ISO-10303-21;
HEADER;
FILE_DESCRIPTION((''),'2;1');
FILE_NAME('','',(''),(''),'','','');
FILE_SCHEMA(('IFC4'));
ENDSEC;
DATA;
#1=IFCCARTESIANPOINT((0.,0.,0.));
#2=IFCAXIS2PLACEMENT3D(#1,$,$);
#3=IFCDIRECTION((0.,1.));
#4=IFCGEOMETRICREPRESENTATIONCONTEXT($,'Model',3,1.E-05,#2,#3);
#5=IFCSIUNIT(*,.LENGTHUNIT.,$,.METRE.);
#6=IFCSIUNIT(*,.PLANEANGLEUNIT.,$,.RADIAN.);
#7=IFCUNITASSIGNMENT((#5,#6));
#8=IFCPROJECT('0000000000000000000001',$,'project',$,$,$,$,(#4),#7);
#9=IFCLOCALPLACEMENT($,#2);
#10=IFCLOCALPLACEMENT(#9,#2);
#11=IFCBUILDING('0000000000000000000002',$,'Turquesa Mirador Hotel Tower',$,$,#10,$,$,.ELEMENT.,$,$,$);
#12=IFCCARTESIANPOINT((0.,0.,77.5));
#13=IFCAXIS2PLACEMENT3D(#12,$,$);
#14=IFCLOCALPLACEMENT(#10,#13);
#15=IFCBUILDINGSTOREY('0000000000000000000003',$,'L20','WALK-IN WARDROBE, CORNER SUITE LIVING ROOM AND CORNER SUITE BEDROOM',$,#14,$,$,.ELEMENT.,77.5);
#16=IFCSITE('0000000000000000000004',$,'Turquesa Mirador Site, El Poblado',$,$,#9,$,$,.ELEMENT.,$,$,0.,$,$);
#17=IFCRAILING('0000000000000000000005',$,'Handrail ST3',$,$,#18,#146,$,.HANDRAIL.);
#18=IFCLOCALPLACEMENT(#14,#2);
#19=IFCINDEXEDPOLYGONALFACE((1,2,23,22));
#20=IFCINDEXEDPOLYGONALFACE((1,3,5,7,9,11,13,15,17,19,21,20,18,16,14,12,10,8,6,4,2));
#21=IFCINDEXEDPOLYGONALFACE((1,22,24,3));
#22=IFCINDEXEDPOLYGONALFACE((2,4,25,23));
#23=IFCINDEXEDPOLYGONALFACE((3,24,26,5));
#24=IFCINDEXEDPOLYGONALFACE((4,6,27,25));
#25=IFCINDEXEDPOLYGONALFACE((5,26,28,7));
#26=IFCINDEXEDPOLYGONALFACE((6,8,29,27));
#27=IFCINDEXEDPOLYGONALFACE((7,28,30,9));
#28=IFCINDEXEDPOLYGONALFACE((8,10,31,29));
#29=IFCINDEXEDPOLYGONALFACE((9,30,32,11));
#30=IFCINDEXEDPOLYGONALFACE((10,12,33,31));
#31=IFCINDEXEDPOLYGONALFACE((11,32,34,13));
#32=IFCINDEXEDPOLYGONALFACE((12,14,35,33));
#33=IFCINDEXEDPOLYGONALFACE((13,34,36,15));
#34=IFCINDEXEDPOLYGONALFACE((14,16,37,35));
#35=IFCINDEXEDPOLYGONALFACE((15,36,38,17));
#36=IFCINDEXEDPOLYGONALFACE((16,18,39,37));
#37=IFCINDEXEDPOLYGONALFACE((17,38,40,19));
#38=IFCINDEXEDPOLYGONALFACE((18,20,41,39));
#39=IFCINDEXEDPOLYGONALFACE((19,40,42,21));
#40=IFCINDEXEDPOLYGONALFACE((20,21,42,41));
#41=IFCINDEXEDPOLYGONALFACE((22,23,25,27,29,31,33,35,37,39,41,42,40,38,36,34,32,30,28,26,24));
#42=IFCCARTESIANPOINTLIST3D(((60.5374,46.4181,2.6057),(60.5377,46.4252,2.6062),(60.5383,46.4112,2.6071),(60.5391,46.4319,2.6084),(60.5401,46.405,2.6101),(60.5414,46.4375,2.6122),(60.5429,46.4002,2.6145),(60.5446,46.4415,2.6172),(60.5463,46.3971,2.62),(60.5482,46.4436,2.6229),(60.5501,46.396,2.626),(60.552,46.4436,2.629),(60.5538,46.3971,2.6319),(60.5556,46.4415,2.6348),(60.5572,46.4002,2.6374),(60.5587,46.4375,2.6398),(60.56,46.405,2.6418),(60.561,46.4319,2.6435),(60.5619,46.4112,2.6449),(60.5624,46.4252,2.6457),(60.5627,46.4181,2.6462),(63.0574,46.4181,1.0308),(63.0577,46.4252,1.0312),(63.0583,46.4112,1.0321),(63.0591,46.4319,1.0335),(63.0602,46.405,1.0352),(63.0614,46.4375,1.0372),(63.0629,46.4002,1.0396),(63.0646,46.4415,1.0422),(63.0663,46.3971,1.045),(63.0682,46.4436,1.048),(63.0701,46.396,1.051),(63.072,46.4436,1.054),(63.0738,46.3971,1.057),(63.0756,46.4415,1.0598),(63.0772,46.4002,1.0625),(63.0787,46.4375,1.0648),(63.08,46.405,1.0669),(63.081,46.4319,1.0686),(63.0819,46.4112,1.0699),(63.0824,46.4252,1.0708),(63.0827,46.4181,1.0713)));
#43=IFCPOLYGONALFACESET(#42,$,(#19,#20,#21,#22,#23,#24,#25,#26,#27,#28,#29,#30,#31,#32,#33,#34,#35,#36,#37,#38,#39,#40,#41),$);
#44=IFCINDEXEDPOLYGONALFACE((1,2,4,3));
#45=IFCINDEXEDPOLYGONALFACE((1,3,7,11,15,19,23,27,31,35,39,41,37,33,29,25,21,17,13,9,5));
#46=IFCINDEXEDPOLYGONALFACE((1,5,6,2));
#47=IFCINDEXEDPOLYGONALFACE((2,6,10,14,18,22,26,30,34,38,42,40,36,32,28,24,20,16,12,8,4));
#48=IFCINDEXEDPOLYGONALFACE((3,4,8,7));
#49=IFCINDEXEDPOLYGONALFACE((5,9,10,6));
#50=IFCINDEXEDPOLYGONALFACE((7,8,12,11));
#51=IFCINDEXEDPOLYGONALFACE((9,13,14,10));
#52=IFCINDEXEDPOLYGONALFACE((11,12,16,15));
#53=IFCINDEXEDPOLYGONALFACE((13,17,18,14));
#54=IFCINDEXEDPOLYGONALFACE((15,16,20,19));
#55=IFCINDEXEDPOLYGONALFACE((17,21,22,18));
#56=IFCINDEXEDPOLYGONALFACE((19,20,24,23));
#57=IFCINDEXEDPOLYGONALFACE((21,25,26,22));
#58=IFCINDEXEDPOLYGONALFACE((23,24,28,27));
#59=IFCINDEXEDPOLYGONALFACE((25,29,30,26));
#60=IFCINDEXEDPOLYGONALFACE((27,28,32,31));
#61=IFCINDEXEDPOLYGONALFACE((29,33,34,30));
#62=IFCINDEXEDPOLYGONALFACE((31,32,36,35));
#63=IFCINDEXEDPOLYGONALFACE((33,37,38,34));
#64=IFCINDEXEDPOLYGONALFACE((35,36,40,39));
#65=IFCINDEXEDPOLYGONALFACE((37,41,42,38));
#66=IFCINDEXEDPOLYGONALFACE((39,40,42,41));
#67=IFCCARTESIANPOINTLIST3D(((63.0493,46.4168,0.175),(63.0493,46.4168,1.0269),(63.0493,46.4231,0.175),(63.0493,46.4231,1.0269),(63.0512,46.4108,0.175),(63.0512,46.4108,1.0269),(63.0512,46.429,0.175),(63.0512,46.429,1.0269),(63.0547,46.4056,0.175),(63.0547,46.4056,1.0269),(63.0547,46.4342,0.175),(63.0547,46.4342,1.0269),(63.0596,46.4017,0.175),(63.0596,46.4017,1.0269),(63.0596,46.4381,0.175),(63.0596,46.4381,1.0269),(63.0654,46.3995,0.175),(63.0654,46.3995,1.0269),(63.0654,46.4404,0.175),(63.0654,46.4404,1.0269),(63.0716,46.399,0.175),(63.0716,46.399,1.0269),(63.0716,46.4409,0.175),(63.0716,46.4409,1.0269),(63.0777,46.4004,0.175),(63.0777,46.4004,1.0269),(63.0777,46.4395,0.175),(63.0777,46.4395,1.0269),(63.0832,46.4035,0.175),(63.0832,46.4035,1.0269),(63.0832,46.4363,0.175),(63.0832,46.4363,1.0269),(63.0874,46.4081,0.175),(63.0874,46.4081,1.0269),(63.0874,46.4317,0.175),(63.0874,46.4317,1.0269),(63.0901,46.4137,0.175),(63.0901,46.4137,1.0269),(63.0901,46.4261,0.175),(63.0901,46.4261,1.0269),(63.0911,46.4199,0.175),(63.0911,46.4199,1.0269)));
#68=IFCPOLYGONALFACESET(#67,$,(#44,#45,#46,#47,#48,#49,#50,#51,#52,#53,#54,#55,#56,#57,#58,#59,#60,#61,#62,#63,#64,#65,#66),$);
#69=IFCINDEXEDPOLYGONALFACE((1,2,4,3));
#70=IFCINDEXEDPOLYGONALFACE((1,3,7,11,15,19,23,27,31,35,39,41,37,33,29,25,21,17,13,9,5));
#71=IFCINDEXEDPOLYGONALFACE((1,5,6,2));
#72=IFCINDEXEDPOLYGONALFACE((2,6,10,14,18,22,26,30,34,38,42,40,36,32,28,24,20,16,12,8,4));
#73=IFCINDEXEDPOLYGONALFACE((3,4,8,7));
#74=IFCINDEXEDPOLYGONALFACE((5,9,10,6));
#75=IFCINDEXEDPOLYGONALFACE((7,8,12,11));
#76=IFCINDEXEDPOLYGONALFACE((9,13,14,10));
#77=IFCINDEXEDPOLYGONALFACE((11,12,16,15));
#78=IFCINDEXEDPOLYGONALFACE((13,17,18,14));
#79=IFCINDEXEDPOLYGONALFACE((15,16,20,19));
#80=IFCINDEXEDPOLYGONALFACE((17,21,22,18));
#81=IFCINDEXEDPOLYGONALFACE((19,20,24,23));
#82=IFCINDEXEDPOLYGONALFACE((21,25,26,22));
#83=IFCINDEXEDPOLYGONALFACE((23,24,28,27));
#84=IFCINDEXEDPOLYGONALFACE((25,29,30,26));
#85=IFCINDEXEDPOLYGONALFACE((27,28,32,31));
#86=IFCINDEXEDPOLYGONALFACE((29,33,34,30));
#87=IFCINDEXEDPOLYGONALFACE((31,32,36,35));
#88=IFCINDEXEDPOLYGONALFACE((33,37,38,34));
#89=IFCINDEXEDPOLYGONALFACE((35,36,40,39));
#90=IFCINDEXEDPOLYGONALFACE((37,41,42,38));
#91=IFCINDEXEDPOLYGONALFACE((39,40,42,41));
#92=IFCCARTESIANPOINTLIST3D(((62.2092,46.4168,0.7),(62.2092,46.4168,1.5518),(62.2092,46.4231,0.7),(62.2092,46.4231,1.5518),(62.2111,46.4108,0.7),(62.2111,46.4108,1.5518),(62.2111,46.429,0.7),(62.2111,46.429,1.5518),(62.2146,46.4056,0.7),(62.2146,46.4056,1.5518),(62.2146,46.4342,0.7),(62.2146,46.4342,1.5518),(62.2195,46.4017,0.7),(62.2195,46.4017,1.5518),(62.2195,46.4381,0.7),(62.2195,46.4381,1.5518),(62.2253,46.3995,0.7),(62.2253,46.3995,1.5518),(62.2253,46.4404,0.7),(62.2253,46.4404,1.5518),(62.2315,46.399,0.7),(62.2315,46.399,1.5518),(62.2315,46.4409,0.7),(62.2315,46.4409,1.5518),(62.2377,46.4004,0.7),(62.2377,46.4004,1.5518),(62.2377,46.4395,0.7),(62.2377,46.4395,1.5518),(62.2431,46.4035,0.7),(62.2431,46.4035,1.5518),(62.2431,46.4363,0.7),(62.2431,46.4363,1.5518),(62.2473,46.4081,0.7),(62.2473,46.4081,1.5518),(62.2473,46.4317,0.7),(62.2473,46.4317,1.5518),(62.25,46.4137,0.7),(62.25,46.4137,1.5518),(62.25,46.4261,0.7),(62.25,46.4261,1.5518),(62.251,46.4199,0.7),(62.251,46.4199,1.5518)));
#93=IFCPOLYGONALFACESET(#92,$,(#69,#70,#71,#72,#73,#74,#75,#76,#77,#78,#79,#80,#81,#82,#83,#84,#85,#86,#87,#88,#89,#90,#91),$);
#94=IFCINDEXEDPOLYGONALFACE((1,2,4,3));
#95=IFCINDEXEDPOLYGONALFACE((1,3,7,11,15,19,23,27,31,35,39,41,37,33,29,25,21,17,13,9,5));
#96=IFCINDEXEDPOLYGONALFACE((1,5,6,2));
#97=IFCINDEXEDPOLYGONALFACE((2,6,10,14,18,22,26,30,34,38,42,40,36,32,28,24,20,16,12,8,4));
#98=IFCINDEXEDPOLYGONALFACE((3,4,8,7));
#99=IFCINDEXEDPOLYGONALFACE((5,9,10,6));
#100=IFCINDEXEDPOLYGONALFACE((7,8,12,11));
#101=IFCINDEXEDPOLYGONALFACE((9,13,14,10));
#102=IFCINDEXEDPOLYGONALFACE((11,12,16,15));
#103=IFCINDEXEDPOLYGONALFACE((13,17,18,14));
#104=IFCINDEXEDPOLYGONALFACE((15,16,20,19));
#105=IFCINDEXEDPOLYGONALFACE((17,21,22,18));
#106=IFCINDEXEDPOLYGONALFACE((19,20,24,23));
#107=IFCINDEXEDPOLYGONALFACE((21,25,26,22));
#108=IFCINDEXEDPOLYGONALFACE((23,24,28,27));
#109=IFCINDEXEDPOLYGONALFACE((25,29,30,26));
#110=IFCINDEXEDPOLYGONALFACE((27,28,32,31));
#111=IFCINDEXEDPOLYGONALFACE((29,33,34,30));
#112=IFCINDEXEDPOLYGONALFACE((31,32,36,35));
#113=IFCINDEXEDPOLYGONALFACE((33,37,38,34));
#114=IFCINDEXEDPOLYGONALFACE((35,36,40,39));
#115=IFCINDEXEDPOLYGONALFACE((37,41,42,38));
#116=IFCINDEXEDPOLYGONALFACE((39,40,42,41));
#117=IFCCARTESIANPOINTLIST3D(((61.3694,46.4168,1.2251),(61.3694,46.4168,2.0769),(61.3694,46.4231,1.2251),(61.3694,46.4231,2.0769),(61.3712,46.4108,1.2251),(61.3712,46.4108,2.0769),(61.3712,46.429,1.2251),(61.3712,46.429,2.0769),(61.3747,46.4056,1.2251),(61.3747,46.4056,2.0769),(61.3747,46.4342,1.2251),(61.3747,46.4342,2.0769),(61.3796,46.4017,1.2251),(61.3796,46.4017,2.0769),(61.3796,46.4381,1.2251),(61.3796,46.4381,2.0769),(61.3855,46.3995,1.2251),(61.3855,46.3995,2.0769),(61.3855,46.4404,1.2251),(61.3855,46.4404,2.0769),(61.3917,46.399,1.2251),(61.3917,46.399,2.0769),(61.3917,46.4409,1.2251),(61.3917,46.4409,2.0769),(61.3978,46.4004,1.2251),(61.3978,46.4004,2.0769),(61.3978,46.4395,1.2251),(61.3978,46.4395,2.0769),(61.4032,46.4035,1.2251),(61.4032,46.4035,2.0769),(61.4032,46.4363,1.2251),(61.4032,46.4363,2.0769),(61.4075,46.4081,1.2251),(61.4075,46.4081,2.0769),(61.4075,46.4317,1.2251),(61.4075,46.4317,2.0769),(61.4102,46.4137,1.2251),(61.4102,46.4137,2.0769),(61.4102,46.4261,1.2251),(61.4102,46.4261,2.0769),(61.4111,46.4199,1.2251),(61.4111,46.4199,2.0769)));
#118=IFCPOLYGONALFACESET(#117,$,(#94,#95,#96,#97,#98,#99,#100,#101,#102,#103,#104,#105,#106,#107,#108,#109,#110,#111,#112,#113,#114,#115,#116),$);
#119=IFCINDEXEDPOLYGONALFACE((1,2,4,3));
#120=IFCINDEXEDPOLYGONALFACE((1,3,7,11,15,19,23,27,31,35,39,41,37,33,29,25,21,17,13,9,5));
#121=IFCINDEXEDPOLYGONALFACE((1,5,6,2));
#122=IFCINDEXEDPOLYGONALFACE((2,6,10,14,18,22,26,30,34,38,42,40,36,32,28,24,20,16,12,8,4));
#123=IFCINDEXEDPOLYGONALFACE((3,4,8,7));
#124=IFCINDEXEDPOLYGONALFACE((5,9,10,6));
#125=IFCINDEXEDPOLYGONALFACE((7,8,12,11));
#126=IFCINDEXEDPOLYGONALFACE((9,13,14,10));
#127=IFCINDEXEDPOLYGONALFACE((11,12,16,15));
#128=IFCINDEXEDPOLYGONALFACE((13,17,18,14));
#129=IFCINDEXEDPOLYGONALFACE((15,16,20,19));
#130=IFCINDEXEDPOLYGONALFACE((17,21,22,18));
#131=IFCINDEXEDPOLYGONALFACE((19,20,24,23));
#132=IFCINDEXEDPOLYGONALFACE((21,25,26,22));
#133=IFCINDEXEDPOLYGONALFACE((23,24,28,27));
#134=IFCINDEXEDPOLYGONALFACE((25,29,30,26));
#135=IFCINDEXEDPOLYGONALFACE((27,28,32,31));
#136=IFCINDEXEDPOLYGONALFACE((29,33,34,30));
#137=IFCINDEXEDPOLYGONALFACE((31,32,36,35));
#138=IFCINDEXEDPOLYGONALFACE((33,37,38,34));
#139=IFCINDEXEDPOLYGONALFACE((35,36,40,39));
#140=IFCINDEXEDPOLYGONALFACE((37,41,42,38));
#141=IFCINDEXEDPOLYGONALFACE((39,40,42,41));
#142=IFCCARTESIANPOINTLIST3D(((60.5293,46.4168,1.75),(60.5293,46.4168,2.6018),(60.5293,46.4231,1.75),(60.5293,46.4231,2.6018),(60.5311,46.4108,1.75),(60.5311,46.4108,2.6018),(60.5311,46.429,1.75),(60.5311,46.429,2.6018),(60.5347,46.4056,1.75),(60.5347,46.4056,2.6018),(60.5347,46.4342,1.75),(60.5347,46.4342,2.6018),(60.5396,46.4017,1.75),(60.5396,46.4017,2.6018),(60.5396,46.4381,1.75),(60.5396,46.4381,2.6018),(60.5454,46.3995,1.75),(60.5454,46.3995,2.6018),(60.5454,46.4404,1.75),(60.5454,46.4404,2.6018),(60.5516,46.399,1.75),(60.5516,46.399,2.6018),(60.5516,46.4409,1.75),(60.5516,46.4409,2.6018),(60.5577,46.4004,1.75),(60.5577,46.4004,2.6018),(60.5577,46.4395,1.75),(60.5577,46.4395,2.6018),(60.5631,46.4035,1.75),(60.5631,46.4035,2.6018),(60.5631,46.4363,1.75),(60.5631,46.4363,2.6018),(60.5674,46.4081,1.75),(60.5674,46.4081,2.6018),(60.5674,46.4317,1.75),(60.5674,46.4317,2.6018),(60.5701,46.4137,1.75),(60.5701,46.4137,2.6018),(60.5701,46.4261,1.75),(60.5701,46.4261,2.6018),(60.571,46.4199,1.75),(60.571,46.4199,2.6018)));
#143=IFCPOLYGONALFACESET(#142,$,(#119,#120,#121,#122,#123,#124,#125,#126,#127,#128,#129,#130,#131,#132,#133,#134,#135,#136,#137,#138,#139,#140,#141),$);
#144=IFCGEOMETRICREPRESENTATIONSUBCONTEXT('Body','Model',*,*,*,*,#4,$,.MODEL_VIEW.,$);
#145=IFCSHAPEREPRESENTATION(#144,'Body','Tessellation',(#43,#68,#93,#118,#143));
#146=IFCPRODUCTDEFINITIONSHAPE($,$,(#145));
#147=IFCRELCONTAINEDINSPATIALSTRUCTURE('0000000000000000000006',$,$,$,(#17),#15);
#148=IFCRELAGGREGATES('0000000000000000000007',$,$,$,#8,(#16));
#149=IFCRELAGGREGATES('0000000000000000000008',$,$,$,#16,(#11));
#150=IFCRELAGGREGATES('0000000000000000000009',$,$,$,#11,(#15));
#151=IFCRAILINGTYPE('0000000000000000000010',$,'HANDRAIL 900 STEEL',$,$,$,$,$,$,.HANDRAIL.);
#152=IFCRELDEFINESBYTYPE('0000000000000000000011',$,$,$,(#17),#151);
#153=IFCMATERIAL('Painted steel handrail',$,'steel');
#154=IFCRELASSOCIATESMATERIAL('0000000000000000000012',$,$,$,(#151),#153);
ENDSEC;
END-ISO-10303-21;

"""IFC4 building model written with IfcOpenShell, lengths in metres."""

from ifc_helpers import new_model, si_unit, direction, frame, origin, origin_2d, place, context, subcontext, project, spatial, circle, extrude, material, type_object, element, save


model = new_model("IFC4")

# Units and contexts
model_context = context("Model", 3, precision=1e-05, world=origin(), true_north=direction((0.0, 1.0)))
body_context = subcontext(model_context, "Body", "Model", "MODEL_VIEW")
ifc_project = project(units=[si_unit("LENGTHUNIT", "METRE"), si_unit("PLANEANGLEUNIT", "RADIAN")], contexts=[model_context])

# Site, building, storey
site_placement = place(None, origin())
site = spatial("IfcSite", under=ifc_project, at=site_placement, Name="Turquesa Mirador Site, El Poblado", CompositionType="ELEMENT", RefElevation=0.0)
building_placement = place(site_placement, origin())
building = spatial("IfcBuilding", under=site, at=building_placement, Name="Turquesa Mirador Hotel Tower", CompositionType="ELEMENT")
storey_placement = place(building_placement, frame((0.0, 0.0, 77.5)))
storey = spatial("IfcBuildingStorey", under=building, at=storey_placement, Name="L20", Description="WALK-IN WARDROBE, CORNER SUITE LIVING ROOM AND CORNER SUITE BEDROOM", CompositionType="ELEMENT", Elevation=77.5)

# Railing
ifc_material_1 = material(Name="Painted steel handrail", Category="steel")
railing_type = type_object("IfcRailingType", Name="HANDRAIL 900 STEEL", PredefinedType="HANDRAIL", material=ifc_material_1)
railing_1_placement = place(storey_placement, frame((63.0701, 46.4199, 0.175)))
element("IfcRailing", 1, at=railing_1_placement, inside=storey, type_object=railing_type, Name="Handrail ST3", PredefinedType="HANDRAIL", context=body_context, shape_type="SweptSolid", body=[
    extrude(circle(Radius=0.0239, at=origin_2d()), frame((0.0, 0.0, 0.876), z_axis=(-0.848008, 0.0, 0.529984), x_axis=(0.0, -1.0, 0.0)), (0.0, 0.0, 1.0), 2.9717),
    extrude(circle(Radius=0.021, at=origin_2d()), origin(), (0.0, 0.0, 1.0), 0.8518),
    extrude(circle(Radius=0.021, at=origin_2d()), frame((-0.8401, 0.0, 0.5249)), (0.0, 0.0, 1.0), 0.8518),
    extrude(circle(Radius=0.021, at=origin_2d()), frame((-1.6799, 0.0, 1.05)), (0.0, 0.0, 1.0), 0.8518),
    extrude(circle(Radius=0.021, at=origin_2d()), frame((-2.52, 0.0, 1.575)), (0.0, 0.0, 1.0), 0.8518),
])

save(model, "model.ifc")
